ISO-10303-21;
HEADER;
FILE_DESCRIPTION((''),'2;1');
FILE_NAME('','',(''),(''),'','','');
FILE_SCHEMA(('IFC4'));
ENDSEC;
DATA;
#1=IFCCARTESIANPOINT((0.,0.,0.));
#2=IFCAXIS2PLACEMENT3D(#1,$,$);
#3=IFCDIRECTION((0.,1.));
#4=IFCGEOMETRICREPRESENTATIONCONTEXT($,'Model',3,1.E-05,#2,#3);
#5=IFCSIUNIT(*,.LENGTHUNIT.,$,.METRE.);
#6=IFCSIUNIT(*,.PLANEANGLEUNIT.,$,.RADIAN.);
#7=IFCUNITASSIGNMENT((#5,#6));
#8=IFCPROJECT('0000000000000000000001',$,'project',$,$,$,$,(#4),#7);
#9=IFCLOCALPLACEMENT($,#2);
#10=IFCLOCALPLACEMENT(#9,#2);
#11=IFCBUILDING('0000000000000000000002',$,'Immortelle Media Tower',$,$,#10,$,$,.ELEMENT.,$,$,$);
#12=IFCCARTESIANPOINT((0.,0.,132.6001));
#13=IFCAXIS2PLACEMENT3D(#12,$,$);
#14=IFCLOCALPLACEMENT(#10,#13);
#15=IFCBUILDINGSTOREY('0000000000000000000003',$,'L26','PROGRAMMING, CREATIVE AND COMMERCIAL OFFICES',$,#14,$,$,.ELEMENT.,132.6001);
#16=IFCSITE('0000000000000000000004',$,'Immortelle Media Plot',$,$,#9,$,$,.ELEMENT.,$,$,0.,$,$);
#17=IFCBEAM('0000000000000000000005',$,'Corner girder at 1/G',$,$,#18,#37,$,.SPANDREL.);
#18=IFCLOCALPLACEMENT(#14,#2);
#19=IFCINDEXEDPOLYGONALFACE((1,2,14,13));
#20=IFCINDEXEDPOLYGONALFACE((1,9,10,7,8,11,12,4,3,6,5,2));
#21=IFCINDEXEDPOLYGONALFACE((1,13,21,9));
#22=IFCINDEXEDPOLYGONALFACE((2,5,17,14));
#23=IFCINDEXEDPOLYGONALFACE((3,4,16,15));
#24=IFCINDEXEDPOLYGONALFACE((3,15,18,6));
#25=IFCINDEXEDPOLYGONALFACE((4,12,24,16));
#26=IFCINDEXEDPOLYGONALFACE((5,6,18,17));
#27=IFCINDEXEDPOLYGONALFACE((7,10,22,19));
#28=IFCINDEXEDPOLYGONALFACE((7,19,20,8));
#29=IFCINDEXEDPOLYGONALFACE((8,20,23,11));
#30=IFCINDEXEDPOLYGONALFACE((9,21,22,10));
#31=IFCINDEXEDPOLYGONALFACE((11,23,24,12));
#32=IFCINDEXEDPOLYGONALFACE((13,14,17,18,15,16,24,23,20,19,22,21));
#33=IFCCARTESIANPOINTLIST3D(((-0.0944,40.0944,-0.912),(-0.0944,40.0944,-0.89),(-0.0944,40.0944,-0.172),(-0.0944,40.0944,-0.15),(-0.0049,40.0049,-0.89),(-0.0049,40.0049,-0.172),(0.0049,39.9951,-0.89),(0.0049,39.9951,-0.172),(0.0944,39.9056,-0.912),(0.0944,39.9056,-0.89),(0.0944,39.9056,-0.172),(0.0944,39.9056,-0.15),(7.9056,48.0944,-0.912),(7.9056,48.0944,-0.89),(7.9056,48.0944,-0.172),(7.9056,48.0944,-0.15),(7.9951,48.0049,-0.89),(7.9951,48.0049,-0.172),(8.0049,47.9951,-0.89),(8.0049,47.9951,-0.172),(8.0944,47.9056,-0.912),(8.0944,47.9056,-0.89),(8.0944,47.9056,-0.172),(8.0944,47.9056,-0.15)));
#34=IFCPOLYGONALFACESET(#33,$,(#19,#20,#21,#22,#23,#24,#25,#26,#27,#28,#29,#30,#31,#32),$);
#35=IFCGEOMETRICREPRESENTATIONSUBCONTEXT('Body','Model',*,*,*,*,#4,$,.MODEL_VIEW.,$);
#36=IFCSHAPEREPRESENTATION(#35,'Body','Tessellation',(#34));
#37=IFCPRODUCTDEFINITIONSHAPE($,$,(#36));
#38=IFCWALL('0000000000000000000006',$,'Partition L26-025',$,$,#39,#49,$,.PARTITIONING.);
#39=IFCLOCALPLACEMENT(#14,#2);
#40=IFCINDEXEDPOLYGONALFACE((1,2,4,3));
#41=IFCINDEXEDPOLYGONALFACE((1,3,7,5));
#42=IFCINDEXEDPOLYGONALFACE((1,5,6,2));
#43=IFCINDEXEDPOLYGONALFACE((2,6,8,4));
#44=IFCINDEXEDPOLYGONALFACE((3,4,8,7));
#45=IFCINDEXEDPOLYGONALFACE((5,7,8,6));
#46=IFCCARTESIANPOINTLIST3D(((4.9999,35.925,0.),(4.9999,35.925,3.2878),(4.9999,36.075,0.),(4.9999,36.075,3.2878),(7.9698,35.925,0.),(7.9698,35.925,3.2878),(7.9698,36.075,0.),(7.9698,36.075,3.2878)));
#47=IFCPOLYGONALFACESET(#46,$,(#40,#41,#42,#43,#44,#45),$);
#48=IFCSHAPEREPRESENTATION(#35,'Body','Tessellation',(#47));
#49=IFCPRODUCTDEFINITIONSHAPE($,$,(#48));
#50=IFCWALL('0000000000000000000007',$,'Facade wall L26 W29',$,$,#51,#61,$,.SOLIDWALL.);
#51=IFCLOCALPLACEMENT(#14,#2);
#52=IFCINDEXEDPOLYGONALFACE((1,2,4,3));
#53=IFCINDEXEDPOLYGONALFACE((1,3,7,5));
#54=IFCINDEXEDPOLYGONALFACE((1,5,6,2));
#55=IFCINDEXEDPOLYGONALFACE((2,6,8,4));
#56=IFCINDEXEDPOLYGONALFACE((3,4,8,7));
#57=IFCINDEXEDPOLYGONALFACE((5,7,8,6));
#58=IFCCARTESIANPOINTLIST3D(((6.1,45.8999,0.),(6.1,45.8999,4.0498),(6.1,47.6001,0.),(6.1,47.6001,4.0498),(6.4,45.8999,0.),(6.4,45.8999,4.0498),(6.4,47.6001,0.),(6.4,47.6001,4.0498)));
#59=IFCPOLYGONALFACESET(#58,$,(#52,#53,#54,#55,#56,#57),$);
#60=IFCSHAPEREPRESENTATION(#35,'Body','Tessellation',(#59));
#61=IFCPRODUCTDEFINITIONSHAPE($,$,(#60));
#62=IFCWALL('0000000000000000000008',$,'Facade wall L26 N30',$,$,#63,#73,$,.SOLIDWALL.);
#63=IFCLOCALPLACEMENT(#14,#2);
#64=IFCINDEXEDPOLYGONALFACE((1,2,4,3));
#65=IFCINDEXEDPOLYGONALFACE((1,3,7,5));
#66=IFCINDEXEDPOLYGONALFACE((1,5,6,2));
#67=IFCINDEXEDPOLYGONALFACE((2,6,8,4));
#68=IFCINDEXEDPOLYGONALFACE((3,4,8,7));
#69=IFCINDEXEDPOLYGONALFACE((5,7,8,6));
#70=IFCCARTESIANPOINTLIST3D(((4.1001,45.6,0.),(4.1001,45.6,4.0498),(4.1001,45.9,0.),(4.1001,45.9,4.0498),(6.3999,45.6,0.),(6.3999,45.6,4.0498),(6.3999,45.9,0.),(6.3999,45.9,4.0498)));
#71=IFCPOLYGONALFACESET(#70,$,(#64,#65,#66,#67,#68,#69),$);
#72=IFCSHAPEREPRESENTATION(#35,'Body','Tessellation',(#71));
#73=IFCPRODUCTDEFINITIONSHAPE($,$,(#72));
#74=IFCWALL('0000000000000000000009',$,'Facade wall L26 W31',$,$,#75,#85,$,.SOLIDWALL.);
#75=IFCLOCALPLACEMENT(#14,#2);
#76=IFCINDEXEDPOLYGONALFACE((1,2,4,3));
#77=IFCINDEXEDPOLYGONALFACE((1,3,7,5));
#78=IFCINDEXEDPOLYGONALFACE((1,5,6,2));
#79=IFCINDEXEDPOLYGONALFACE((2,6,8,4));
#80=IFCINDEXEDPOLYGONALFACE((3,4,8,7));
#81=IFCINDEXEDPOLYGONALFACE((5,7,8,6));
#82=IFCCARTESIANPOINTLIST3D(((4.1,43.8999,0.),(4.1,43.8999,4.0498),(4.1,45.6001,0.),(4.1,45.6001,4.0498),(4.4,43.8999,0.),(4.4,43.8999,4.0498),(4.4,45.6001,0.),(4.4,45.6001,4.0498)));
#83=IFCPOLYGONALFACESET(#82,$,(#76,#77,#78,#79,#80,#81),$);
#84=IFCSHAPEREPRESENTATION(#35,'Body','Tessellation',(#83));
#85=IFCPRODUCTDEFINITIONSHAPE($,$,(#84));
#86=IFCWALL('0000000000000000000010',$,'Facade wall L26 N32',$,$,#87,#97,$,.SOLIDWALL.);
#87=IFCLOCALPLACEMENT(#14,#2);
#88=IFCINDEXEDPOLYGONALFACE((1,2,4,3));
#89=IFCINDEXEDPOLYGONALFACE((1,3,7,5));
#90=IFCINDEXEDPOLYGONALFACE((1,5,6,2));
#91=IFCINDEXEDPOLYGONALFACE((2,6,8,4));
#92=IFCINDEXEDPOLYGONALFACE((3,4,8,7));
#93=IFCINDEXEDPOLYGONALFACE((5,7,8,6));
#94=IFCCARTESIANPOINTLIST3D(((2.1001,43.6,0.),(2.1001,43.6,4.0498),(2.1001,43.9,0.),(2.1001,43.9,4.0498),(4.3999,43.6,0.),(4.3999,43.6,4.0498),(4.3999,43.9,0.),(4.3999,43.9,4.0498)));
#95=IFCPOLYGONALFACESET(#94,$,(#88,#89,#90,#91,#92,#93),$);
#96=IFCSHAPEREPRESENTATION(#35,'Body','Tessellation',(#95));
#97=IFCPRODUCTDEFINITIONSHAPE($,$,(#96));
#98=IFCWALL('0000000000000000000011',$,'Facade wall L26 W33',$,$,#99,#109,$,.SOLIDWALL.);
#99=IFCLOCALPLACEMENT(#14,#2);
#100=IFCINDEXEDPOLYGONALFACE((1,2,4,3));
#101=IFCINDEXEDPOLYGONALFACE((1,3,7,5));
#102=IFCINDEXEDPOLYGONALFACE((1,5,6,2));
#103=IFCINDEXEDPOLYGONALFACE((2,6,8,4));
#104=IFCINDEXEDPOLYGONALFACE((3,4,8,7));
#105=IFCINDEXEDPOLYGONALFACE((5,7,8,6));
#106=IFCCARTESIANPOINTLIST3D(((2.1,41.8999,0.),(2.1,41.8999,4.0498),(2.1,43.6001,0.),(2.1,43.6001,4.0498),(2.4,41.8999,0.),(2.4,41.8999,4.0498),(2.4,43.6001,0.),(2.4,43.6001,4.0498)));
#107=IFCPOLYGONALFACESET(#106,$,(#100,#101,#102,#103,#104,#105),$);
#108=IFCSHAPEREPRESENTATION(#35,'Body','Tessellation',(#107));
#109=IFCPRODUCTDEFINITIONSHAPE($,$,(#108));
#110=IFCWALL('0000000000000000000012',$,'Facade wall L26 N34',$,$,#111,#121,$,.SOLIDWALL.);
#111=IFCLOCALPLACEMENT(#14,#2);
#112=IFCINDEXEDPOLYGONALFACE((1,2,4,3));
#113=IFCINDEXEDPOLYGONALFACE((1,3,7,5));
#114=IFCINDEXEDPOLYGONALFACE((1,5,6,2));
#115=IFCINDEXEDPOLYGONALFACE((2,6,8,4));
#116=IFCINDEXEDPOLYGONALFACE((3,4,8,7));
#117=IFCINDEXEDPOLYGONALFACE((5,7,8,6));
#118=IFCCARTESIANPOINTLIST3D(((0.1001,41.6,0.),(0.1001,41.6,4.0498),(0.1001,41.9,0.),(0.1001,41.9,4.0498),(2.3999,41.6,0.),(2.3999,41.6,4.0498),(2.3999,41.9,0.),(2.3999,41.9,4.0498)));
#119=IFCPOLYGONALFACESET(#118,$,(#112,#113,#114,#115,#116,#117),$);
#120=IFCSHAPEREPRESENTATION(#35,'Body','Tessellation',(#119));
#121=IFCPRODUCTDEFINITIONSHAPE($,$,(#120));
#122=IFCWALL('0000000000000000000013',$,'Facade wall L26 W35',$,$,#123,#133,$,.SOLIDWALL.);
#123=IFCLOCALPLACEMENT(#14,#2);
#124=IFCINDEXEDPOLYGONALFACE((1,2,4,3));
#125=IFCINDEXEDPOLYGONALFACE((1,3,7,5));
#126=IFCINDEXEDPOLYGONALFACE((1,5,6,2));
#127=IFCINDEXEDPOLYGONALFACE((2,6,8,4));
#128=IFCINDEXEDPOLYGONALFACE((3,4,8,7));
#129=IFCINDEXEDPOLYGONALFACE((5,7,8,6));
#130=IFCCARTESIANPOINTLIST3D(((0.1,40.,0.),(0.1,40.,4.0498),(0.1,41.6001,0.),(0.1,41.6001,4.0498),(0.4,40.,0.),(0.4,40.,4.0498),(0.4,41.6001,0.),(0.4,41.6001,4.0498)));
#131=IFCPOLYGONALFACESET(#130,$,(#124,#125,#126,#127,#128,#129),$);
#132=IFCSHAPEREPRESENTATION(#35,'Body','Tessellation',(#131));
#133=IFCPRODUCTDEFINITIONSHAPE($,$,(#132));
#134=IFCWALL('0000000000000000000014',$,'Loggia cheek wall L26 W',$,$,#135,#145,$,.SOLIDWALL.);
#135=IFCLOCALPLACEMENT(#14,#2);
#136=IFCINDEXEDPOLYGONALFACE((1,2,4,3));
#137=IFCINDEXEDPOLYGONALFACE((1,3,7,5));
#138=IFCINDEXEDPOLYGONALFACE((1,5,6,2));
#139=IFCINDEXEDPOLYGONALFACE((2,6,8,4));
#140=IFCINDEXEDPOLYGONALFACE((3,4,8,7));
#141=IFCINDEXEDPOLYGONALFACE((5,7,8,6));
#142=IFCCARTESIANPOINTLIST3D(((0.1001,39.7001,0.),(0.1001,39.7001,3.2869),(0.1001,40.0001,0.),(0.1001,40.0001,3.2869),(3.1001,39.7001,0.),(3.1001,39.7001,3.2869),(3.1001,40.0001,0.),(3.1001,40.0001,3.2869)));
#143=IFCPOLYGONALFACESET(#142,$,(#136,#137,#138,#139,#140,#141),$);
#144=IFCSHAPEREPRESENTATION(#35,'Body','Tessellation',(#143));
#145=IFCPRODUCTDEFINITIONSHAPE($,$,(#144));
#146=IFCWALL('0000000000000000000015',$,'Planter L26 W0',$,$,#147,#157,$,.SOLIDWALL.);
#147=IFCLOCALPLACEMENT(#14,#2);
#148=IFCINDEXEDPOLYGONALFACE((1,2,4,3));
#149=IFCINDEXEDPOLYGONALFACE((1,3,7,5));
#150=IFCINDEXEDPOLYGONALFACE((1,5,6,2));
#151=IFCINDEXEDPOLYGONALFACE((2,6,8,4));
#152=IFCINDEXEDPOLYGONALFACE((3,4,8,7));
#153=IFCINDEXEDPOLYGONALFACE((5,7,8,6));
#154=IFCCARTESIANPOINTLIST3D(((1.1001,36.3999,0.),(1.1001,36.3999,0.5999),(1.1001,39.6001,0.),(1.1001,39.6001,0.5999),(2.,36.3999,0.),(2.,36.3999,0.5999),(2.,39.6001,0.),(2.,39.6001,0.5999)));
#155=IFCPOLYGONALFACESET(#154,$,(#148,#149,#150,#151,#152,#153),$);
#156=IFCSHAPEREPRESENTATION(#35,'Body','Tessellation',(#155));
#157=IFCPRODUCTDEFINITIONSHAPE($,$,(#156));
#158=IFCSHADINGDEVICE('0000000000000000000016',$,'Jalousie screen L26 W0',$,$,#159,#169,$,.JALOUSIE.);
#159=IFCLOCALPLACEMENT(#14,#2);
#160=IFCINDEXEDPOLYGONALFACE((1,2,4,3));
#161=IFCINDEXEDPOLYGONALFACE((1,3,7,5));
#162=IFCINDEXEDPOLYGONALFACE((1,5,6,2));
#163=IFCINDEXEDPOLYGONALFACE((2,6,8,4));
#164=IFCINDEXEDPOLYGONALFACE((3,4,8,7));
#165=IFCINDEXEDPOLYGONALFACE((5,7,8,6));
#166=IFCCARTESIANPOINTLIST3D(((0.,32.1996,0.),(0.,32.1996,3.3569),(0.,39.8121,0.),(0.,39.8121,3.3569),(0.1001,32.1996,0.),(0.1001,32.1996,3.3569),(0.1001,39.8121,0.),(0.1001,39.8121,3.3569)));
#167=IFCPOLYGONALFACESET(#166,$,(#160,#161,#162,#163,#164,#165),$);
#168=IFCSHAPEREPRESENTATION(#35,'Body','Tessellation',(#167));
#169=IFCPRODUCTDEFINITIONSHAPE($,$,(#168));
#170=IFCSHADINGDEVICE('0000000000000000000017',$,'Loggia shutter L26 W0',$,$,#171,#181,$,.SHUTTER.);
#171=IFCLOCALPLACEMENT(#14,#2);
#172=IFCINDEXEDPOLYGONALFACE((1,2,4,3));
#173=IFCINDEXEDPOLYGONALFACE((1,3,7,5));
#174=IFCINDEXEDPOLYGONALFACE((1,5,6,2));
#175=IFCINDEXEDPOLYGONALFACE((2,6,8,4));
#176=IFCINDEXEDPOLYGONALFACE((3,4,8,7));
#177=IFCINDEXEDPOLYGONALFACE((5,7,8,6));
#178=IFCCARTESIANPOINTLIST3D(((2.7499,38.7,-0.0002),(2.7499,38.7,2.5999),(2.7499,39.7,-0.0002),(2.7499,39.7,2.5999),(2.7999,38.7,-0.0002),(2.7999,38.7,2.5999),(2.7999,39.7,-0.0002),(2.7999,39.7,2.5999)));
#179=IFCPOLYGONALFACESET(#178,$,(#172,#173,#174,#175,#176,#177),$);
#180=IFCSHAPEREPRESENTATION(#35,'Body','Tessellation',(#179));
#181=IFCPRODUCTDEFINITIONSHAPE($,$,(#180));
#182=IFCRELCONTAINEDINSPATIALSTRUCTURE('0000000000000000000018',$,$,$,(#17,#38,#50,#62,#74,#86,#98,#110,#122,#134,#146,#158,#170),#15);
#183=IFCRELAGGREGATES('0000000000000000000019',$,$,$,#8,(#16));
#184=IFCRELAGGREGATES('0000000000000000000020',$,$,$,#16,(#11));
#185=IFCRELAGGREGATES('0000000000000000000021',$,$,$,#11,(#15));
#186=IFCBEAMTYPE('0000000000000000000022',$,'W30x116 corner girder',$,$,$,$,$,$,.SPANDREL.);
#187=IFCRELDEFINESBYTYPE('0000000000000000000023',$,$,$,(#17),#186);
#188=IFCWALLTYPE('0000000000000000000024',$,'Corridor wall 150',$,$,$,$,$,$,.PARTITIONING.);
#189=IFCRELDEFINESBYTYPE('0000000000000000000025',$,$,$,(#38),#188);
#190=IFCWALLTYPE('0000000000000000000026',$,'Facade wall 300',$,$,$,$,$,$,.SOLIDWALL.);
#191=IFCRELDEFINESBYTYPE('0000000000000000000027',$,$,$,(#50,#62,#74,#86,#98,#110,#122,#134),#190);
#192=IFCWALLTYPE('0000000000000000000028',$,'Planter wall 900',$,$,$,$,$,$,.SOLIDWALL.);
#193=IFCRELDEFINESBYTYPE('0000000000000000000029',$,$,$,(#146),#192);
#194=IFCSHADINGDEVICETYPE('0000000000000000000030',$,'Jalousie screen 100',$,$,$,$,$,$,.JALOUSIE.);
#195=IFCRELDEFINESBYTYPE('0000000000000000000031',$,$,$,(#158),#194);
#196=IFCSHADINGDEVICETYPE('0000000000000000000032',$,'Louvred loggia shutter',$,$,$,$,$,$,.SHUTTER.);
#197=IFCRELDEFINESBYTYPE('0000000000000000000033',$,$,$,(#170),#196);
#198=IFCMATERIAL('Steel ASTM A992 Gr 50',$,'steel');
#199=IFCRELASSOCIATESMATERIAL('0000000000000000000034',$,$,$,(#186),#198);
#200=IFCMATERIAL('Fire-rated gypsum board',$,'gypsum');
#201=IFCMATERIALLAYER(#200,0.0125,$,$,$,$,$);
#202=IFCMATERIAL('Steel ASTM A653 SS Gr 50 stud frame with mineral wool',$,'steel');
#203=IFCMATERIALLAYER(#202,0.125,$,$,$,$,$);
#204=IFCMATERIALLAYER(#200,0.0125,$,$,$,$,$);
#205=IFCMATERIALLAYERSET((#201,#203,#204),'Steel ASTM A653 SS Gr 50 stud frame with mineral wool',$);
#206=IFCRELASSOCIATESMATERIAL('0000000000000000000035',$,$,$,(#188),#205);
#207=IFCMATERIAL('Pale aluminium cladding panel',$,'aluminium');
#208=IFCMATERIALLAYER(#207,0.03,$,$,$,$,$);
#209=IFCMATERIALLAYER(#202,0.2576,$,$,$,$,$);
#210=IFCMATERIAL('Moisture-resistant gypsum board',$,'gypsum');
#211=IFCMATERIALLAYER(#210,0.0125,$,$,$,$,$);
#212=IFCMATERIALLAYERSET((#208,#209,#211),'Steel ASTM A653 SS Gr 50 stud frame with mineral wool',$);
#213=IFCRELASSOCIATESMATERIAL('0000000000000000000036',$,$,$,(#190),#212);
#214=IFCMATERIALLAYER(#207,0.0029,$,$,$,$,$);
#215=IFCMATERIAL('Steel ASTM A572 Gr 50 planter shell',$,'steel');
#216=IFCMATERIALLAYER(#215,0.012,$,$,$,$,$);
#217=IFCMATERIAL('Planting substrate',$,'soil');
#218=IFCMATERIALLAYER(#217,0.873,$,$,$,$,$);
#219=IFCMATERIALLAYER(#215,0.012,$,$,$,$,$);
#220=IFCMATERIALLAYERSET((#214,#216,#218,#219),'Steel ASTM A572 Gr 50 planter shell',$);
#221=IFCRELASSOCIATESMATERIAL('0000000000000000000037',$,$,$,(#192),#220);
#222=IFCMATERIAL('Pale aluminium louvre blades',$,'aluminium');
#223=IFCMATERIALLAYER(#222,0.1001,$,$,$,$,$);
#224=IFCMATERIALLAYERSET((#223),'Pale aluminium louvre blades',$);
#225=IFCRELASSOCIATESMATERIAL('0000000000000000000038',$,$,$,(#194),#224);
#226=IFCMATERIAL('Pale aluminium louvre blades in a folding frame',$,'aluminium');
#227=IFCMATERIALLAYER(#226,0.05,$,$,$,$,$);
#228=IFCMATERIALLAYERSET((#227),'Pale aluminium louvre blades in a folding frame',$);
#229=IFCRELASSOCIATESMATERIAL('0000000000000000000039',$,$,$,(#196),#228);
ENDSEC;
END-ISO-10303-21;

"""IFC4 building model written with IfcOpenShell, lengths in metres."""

from ifc_helpers import new_model, si_unit, direction, frame, frame_2d, origin, origin_2d, place, context, subcontext, project, spatial, rectangle, i_section, extrude, material, layer, layer_set, material_profile, profile_set, type_object, element, save


model = new_model("IFC4")

# Units and contexts
model_context = context("Model", 3, precision=1e-05, world=origin(), true_north=direction((0.0, 1.0)))
body_context = subcontext(model_context, "Body", "Model", "MODEL_VIEW")
ifc_project = project(units=[si_unit("LENGTHUNIT", "METRE"), si_unit("PLANEANGLEUNIT", "RADIAN")], contexts=[model_context])

# Site, building, storey
site_placement = place(None, origin())
site = spatial("IfcSite", under=ifc_project, at=site_placement, Name="Immortelle Media Plot", CompositionType="ELEMENT", RefElevation=0.0)
building_placement = place(site_placement, origin())
building = spatial("IfcBuilding", under=site, at=building_placement, Name="Immortelle Media Tower", CompositionType="ELEMENT")
storey_placement = place(building_placement, frame((0.0, 0.0, 132.6001)))
storey = spatial("IfcBuildingStorey", under=building, at=storey_placement, Name="L26", Description="PROGRAMMING, CREATIVE AND COMMERCIAL OFFICES", CompositionType="ELEMENT", Elevation=132.6001)

# Shared definitions
ifc_material_1 = material(Name="Steel ASTM A992 Gr 50", Category="steel")

# Beam
ifc_material_profile_1 = material_profile(ifc_material_1, i_section(OverallWidth=0.2671, OverallDepth=0.762, WebThickness=0.0139, FlangeThickness=0.022, at=origin_2d()), Name="W30x116")
ifc_profile_set_1 = profile_set([ifc_material_profile_1], Name="Steel ASTM A992 Gr 50")
beam_type_1 = type_object("IfcBeamType", Name="W30x116 corner girder", PredefinedType="SPANDREL", material=ifc_profile_set_1)
beam_1_placement = place(storey_placement, frame((0.0, 40.0, -0.531), z_axis=(0.707107, 0.707107, 0.0), x_axis=(-0.707107, 0.707107, 0.0)))
element("IfcBeam", 1, at=beam_1_placement, inside=storey, type_object=beam_type_1, Name="Corner girder at 1/G", PredefinedType="SPANDREL", context=body_context, shape_type="SweptSolid", body=[
    extrude(i_section(OverallWidth=0.2671, OverallDepth=0.762, WebThickness=0.0139, FlangeThickness=0.022, at=origin_2d()), origin(), (0.0, 0.0, 1.0), 11.3137),
])

# Walls
ifc_material_2 = material(Name="Fire-rated gypsum board", Category="gypsum")
ifc_layer_1 = layer(ifc_material_2, 0.0125)
ifc_material_3 = material(Name="Steel ASTM A653 SS Gr 50 stud frame with mineral wool", Category="steel")
ifc_layer_2 = layer(ifc_material_3, 0.125)
ifc_layer_3 = layer(ifc_material_2, 0.0125)
ifc_layer_set_1 = layer_set([ifc_layer_1, ifc_layer_2, ifc_layer_3], Name="Steel ASTM A653 SS Gr 50 stud frame with mineral wool")
wall_type_1 = type_object("IfcWallType", Name="Corridor wall 150", PredefinedType="PARTITIONING", material=ifc_layer_set_1)
wall_1_placement = place(storey_placement, frame((5.0, 36.0, 0.0), z_axis=(0.0, 0.0, 1.0), x_axis=(1.0, 0.0, 0.0)))
element("IfcWall", 2, at=wall_1_placement, inside=storey, type_object=wall_type_1, Name="Partition L26-025", PredefinedType="PARTITIONING", context=body_context, shape_type="SweptSolid", body=[
    extrude(rectangle(XDim=2.97, YDim=0.1499, at=frame_2d((1.4849, 0.0))), origin(), (0.0, 0.0, 1.0), 3.2878),
])
ifc_material_4 = material(Name="Pale aluminium cladding panel", Category="aluminium")
ifc_layer_4 = layer(ifc_material_4, 0.03)
ifc_layer_5 = layer(ifc_material_3, 0.2576)
ifc_material_5 = material(Name="Moisture-resistant gypsum board", Category="gypsum")
ifc_layer_6 = layer(ifc_material_5, 0.0125)
ifc_layer_set_2 = layer_set([ifc_layer_4, ifc_layer_5, ifc_layer_6], Name="Steel ASTM A653 SS Gr 50 stud frame with mineral wool")
wall_type_2 = type_object("IfcWallType", Name="Facade wall 300", PredefinedType="SOLIDWALL", material=ifc_layer_set_2)
wall_2_placement = place(storey_placement, frame((6.25, 47.6001, 0.0), z_axis=(0.0, 0.0, 1.0), x_axis=(0.0, -1.0, 0.0)))
element("IfcWall", 3, at=wall_2_placement, inside=storey, type_object=wall_type_2, Name="Facade wall L26 W29", PredefinedType="SOLIDWALL", context=body_context, shape_type="SweptSolid", body=[
    extrude(rectangle(XDim=1.7002, YDim=0.3, at=frame_2d((0.8501, 0.0))), origin(), (0.0, 0.0, 1.0), 4.0498),
])
wall_3_placement = place(storey_placement, frame((6.3999, 45.75, 0.0), z_axis=(0.0, 0.0, 1.0), x_axis=(-1.0, 0.0, 0.0)))
element("IfcWall", 4, at=wall_3_placement, inside=storey, type_object=wall_type_2, Name="Facade wall L26 N30", PredefinedType="SOLIDWALL", context=body_context, shape_type="SweptSolid", body=[
    extrude(rectangle(XDim=2.2998, YDim=0.3, at=frame_2d((1.1499, 0.0))), origin(), (0.0, 0.0, 1.0), 4.0498),
])
wall_4_placement = place(storey_placement, frame((4.25, 45.6001, 0.0), z_axis=(0.0, 0.0, 1.0), x_axis=(0.0, -1.0, 0.0)))
element("IfcWall", 5, at=wall_4_placement, inside=storey, type_object=wall_type_2, Name="Facade wall L26 W31", PredefinedType="SOLIDWALL", context=body_context, shape_type="SweptSolid", body=[
    extrude(rectangle(XDim=1.7002, YDim=0.3, at=frame_2d((0.8501, 0.0))), origin(), (0.0, 0.0, 1.0), 4.0498),
])
wall_5_placement = place(storey_placement, frame((4.3999, 43.75, 0.0), z_axis=(0.0, 0.0, 1.0), x_axis=(-1.0, 0.0, 0.0)))
element("IfcWall", 6, at=wall_5_placement, inside=storey, type_object=wall_type_2, Name="Facade wall L26 N32", PredefinedType="SOLIDWALL", context=body_context, shape_type="SweptSolid", body=[
    extrude(rectangle(XDim=2.2998, YDim=0.3, at=frame_2d((1.1499, 0.0))), origin(), (0.0, 0.0, 1.0), 4.0498),
])
wall_6_placement = place(storey_placement, frame((2.25, 43.6001, 0.0), z_axis=(0.0, 0.0, 1.0), x_axis=(0.0, -1.0, 0.0)))
element("IfcWall", 7, at=wall_6_placement, inside=storey, type_object=wall_type_2, Name="Facade wall L26 W33", PredefinedType="SOLIDWALL", context=body_context, shape_type="SweptSolid", body=[
    extrude(rectangle(XDim=1.7002, YDim=0.3, at=frame_2d((0.8501, 0.0))), origin(), (0.0, 0.0, 1.0), 4.0498),
])
wall_7_placement = place(storey_placement, frame((2.3999, 41.75, 0.0), z_axis=(0.0, 0.0, 1.0), x_axis=(-1.0, 0.0, 0.0)))
element("IfcWall", 8, at=wall_7_placement, inside=storey, type_object=wall_type_2, Name="Facade wall L26 N34", PredefinedType="SOLIDWALL", context=body_context, shape_type="SweptSolid", body=[
    extrude(rectangle(XDim=2.2998, YDim=0.3, at=frame_2d((1.1499, 0.0))), origin(), (0.0, 0.0, 1.0), 4.0498),
])
wall_8_placement = place(storey_placement, frame((0.25, 41.6001, 0.0), z_axis=(0.0, 0.0, 1.0), x_axis=(0.0, -1.0, 0.0)))
element("IfcWall", 9, at=wall_8_placement, inside=storey, type_object=wall_type_2, Name="Facade wall L26 W35", PredefinedType="SOLIDWALL", context=body_context, shape_type="SweptSolid", body=[
    extrude(rectangle(XDim=1.6001, YDim=0.3, at=frame_2d((0.8, 0.0))), origin(), (0.0, 0.0, 1.0), 4.0498),
])

# Walls
wall_9_placement = place(storey_placement, frame((0.1001, 39.8501, 0.0), z_axis=(0.0, 0.0, 1.0), x_axis=(1.0, 0.0, 0.0)))
element("IfcWall", 10, at=wall_9_placement, inside=storey, type_object=wall_type_2, Name="Loggia cheek wall L26 W", PredefinedType="SOLIDWALL", context=body_context, shape_type="SweptSolid", body=[
    extrude(rectangle(XDim=3.0, YDim=0.3, at=frame_2d((1.5, 0.0))), origin(), (0.0, 0.0, 1.0), 3.2869),
])
ifc_layer_7 = layer(ifc_material_4, 0.0029)
ifc_material_6 = material(Name="Steel ASTM A572 Gr 50 planter shell", Category="steel")
ifc_layer_8 = layer(ifc_material_6, 0.012)
ifc_material_7 = material(Name="Planting substrate", Category="soil")
ifc_layer_9 = layer(ifc_material_7, 0.873)
ifc_layer_10 = layer(ifc_material_6, 0.012)
ifc_layer_set_3 = layer_set([ifc_layer_7, ifc_layer_8, ifc_layer_9, ifc_layer_10], Name="Steel ASTM A572 Gr 50 planter shell")
wall_type_3 = type_object("IfcWallType", Name="Planter wall 900", PredefinedType="SOLIDWALL", material=ifc_layer_set_3)
wall_10_placement = place(storey_placement, frame((1.55, 39.6001, 0.0), z_axis=(0.0, 0.0, 1.0), x_axis=(0.0, -1.0, 0.0)))
element("IfcWall", 11, at=wall_10_placement, inside=storey, type_object=wall_type_3, Name="Planter L26 W0", PredefinedType="SOLIDWALL", context=body_context, shape_type="SweptSolid", body=[
    extrude(rectangle(XDim=3.2002, YDim=0.8999, at=frame_2d((1.6001, 0.0))), origin(), (0.0, 0.0, 1.0), 0.5999),
])

# Shading devices
ifc_material_8 = material(Name="Pale aluminium louvre blades", Category="aluminium")
ifc_layer_11 = layer(ifc_material_8, 0.1001)
ifc_layer_set_4 = layer_set([ifc_layer_11], Name="Pale aluminium louvre blades")
shading_device_type_1 = type_object("IfcShadingDeviceType", Name="Jalousie screen 100", PredefinedType="JALOUSIE", material=ifc_layer_set_4)
shading_device_1_placement = place(storey_placement, frame((0.05, 36.0059, 0.0), z_axis=(0.0, 0.0, 1.0), x_axis=(0.0, -1.0, 0.0)))
element("IfcShadingDevice", 12, at=shading_device_1_placement, inside=storey, type_object=shading_device_type_1, Name="Jalousie screen L26 W0", PredefinedType="JALOUSIE", context=body_context, shape_type="SweptSolid", body=[
    extrude(rectangle(XDim=7.6125, YDim=0.1001, at=origin_2d()), origin(), (0.0, 0.0, 1.0), 3.3569),
])
ifc_material_9 = material(Name="Pale aluminium louvre blades in a folding frame", Category="aluminium")
ifc_layer_12 = layer(ifc_material_9, 0.05)
ifc_layer_set_5 = layer_set([ifc_layer_12], Name="Pale aluminium louvre blades in a folding frame")
shading_device_type_2 = type_object("IfcShadingDeviceType", Name="Louvred loggia shutter", PredefinedType="SHUTTER", material=ifc_layer_set_5)
shading_device_2_placement = place(storey_placement, frame((2.7749, 39.2, -0.0002), z_axis=(0.0, 0.0, 1.0), x_axis=(0.0, -1.0, 0.0)))
element("IfcShadingDevice", 13, at=shading_device_2_placement, inside=storey, type_object=shading_device_type_2, Name="Loggia shutter L26 W0", PredefinedType="SHUTTER", context=body_context, shape_type="SweptSolid", body=[
    extrude(rectangle(XDim=1.0, YDim=0.05, at=origin_2d()), origin(), (0.0, 0.0, 1.0), 2.6001),
])

save(model, "model.ifc")
